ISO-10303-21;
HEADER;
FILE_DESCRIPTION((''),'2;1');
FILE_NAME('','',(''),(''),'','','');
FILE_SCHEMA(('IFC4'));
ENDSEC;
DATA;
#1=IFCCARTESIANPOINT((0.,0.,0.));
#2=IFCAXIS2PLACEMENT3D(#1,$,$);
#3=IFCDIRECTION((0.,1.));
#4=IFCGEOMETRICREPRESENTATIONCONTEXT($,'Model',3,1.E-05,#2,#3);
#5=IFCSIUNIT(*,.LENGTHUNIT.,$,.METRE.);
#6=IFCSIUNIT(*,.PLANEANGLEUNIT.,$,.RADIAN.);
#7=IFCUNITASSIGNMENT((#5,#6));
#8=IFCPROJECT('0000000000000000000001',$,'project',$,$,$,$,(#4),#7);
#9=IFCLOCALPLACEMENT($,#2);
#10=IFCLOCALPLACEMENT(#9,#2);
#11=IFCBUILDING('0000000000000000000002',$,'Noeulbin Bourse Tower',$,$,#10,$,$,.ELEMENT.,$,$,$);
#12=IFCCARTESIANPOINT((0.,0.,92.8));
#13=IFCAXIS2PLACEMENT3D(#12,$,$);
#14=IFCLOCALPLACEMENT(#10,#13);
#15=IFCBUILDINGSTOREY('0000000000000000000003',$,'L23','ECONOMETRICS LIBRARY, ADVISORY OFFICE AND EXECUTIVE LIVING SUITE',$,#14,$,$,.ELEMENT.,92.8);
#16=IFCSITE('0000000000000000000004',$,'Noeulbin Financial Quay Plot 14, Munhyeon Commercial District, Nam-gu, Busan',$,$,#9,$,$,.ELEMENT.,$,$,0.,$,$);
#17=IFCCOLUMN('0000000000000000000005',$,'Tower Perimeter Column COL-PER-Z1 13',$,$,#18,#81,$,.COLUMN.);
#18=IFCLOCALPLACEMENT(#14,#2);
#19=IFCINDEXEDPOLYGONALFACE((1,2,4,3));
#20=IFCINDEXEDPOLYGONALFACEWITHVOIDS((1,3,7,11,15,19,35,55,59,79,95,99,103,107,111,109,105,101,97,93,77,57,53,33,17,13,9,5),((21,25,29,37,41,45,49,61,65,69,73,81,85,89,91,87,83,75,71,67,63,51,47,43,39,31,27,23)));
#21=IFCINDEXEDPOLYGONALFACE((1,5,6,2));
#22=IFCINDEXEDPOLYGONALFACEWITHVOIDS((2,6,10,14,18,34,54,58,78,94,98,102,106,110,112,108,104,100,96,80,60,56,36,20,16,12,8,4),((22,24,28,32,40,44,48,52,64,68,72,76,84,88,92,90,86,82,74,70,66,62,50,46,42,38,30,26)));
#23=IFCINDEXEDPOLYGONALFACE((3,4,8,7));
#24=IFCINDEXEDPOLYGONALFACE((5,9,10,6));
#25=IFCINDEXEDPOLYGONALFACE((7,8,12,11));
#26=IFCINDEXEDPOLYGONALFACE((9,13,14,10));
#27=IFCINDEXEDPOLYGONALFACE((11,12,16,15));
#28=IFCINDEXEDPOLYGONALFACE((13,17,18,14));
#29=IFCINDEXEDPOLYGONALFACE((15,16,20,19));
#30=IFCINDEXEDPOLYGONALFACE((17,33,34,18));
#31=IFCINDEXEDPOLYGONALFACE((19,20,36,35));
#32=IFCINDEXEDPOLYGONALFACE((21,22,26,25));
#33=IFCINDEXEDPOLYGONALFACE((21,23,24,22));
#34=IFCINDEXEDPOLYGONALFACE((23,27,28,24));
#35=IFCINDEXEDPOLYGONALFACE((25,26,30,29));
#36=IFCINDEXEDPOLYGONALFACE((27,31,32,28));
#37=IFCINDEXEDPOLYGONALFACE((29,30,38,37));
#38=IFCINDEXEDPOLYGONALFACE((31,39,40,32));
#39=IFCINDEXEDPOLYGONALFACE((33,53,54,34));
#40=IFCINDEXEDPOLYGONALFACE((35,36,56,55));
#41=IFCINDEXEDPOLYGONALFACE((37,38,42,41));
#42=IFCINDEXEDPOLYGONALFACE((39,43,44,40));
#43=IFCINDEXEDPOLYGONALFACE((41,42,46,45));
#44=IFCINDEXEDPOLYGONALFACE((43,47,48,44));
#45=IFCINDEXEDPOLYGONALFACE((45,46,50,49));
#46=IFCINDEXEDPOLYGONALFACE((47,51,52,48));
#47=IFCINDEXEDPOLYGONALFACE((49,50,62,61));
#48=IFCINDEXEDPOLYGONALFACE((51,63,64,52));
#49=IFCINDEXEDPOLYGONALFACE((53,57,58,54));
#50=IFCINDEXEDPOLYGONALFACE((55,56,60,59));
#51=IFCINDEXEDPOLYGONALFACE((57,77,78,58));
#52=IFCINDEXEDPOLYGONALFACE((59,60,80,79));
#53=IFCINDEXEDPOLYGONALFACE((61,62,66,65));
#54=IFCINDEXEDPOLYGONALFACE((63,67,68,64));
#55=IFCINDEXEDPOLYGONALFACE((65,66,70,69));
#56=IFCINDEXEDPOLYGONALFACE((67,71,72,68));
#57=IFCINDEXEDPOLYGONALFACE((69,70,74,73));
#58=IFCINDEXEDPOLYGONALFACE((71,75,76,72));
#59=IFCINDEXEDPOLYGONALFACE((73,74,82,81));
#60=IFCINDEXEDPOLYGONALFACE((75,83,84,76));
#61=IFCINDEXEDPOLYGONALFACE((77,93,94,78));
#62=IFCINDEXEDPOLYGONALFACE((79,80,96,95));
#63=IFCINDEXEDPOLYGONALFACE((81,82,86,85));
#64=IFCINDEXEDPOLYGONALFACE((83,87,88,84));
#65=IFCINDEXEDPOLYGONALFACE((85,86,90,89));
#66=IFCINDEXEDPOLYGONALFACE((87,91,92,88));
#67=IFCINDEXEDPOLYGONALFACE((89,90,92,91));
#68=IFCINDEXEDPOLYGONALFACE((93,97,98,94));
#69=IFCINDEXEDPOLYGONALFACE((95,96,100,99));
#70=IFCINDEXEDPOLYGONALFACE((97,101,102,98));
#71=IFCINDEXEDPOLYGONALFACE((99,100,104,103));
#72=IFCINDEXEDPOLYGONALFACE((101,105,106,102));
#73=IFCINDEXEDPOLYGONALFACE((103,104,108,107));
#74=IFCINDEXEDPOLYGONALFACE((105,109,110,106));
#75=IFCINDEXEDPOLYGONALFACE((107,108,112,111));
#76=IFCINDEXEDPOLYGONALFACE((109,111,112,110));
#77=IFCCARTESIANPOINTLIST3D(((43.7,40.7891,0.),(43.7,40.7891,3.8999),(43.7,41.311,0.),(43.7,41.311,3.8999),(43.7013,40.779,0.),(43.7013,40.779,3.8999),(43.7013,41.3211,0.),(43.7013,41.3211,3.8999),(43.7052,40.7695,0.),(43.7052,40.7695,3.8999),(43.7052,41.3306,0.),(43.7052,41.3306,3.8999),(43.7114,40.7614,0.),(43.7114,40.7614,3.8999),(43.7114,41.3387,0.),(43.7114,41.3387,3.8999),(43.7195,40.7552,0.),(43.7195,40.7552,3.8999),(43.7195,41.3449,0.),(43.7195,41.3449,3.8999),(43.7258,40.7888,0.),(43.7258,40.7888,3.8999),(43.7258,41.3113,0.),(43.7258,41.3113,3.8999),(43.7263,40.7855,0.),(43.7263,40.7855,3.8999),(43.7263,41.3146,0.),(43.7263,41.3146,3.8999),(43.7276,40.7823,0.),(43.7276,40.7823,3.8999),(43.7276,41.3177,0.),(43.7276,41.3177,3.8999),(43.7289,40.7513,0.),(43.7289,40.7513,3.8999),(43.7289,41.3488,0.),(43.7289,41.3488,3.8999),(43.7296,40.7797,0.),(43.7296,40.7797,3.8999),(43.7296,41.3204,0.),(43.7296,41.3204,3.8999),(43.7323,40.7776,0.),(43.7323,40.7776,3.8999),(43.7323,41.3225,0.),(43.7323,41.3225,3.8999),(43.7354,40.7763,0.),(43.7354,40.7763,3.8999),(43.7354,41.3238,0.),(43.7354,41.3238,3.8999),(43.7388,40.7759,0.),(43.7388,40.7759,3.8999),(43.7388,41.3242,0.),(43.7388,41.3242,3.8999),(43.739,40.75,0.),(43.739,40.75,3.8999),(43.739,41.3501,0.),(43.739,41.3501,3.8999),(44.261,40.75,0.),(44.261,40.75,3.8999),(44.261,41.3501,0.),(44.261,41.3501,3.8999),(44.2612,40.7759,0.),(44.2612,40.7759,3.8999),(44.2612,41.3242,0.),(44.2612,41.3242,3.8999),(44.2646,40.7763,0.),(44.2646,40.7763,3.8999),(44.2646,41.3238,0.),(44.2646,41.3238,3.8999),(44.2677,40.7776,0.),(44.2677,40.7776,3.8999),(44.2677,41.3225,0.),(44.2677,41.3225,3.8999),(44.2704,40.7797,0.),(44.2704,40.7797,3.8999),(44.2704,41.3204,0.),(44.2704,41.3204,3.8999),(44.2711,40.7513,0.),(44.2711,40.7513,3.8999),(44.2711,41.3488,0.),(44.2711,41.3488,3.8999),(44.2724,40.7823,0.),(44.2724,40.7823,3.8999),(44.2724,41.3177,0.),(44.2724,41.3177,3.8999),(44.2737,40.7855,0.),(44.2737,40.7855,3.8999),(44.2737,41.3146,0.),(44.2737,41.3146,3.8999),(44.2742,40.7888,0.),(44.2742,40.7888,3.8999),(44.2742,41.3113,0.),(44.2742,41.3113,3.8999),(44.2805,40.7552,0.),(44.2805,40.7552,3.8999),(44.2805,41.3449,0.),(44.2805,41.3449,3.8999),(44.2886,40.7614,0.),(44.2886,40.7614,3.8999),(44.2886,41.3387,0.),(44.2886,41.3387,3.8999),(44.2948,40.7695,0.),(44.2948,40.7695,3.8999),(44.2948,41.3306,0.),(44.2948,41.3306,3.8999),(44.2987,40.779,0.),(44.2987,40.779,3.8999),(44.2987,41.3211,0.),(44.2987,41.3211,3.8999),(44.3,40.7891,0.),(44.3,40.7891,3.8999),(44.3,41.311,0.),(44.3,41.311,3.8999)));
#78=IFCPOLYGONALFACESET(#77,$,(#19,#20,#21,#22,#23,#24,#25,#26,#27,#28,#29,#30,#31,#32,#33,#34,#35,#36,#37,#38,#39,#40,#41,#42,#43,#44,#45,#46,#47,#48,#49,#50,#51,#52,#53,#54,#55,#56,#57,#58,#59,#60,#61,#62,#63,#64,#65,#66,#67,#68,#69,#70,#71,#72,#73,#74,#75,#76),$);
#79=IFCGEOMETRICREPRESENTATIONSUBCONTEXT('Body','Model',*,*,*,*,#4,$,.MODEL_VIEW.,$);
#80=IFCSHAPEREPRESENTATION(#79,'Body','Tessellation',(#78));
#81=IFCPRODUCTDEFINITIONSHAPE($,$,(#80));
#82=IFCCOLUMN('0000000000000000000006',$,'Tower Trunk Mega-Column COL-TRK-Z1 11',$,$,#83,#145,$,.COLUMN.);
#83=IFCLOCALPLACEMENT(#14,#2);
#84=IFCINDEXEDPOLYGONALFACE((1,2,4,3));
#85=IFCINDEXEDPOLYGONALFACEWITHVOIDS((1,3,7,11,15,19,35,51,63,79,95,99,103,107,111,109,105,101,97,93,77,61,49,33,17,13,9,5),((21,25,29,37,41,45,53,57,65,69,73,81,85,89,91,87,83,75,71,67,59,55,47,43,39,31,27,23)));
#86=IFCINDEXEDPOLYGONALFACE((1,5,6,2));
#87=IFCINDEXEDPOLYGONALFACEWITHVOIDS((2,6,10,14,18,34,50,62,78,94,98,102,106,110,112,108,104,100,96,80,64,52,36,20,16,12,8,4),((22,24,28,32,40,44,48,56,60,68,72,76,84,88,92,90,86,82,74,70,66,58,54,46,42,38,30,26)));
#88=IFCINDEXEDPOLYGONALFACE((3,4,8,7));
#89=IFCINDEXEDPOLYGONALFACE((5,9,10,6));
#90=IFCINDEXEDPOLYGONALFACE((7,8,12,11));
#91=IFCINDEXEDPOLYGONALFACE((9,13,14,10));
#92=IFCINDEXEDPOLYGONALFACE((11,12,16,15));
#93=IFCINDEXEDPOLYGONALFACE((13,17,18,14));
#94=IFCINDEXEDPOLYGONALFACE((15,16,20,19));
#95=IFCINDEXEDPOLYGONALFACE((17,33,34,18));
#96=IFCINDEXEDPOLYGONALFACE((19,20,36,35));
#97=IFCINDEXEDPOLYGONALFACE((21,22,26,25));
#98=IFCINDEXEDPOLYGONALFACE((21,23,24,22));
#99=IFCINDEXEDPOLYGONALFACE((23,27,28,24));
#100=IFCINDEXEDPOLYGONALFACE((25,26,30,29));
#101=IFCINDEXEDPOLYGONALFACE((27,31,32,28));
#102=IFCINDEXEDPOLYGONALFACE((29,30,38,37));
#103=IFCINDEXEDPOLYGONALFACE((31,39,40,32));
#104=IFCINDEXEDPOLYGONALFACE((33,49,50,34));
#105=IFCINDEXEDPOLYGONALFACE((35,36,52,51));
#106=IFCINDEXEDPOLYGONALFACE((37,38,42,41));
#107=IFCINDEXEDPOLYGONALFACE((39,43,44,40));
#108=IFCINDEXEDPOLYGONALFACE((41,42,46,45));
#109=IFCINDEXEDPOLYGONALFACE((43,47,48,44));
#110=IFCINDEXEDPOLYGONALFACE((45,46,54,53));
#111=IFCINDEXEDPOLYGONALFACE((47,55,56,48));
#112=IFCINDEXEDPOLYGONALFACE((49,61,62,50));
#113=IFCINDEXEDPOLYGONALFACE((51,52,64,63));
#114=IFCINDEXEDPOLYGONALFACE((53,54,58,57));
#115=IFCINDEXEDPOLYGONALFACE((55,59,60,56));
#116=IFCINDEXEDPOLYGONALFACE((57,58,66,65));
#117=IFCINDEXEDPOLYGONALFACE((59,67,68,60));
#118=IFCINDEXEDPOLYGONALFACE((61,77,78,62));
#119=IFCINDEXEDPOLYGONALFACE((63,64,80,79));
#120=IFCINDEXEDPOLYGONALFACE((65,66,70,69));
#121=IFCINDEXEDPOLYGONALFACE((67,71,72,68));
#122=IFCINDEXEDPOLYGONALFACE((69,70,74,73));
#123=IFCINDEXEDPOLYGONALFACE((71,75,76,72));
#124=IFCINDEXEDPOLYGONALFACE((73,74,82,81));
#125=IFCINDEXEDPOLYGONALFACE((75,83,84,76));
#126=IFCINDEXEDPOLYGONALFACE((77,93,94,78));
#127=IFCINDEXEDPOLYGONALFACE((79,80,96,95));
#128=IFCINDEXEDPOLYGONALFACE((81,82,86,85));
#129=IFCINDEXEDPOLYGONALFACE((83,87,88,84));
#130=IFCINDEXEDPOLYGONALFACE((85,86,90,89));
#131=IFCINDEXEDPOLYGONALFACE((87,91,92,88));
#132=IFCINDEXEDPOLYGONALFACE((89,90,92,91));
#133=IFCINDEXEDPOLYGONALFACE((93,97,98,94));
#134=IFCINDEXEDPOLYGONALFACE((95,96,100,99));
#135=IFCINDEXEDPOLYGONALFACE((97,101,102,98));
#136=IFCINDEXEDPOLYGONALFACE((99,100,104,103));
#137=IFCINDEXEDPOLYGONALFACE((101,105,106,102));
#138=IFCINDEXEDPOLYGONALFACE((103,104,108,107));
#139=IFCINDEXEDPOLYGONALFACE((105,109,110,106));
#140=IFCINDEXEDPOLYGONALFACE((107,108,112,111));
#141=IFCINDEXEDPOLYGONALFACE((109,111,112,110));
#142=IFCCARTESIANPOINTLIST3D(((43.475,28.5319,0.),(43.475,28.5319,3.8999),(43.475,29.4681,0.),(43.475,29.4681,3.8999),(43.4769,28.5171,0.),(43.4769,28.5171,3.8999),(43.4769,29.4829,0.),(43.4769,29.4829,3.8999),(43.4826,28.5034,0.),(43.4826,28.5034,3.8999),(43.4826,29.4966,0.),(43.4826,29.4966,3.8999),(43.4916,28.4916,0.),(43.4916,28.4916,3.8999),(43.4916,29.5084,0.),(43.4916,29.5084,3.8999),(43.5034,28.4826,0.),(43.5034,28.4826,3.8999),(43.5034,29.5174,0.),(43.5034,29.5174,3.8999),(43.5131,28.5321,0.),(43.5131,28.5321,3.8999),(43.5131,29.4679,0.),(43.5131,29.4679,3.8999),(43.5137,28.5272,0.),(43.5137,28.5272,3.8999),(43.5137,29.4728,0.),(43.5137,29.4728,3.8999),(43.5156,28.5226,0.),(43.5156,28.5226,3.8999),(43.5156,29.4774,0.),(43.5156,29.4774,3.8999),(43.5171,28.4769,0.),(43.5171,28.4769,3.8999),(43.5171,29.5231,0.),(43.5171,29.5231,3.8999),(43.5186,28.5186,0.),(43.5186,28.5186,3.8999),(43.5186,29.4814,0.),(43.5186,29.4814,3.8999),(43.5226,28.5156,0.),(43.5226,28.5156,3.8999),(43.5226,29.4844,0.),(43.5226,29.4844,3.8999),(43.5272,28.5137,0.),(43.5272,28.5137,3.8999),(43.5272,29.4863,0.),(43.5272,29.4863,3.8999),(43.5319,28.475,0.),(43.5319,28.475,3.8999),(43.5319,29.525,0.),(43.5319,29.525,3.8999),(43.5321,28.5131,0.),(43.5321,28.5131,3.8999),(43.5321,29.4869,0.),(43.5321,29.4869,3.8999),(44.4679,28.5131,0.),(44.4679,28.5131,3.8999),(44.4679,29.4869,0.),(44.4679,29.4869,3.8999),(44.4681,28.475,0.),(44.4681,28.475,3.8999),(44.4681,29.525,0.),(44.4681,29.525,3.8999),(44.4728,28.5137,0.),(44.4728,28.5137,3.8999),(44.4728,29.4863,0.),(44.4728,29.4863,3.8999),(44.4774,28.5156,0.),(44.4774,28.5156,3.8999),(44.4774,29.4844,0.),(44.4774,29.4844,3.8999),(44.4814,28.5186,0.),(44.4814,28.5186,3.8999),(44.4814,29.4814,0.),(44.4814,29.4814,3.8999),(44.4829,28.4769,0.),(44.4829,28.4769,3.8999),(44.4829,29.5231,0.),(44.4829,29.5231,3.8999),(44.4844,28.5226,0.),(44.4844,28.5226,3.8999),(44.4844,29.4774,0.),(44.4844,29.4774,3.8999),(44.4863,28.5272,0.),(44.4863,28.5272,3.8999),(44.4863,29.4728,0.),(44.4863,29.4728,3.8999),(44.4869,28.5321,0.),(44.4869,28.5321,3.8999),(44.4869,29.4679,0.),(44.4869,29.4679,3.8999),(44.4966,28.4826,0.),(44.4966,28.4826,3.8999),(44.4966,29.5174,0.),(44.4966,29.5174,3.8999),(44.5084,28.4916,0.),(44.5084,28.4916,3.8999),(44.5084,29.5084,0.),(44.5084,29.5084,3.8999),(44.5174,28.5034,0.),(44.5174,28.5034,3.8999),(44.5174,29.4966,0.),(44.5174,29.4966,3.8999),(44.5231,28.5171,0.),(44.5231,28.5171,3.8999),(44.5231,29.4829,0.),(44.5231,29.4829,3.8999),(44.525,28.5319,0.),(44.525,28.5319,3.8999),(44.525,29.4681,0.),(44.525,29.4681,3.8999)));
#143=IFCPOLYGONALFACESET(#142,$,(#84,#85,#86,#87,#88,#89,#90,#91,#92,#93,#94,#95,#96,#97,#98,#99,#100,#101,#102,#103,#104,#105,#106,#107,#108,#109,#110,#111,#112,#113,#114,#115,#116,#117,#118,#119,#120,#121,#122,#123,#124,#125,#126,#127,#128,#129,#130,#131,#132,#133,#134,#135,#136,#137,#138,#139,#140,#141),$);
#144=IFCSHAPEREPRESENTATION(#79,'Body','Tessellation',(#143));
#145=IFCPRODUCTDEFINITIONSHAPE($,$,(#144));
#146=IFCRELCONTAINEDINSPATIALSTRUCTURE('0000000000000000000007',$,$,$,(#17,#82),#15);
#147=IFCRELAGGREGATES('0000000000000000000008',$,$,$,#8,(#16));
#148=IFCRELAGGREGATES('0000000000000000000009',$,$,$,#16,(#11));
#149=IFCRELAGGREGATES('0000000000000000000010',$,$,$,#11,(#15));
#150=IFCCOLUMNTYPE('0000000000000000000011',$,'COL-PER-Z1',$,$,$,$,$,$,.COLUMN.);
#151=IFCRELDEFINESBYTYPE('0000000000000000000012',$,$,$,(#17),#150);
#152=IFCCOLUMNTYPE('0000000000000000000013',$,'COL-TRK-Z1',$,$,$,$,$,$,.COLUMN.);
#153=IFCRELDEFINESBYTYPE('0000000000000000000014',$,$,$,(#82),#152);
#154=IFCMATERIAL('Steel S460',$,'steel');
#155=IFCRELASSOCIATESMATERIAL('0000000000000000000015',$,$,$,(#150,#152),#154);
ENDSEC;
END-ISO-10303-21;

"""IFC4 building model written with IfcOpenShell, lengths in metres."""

from ifc_helpers import new_model, si_unit, direction, frame, origin, origin_2d, place, context, subcontext, project, spatial, hollow_rectangle, extrude, material, material_profile, profile_set, type_object, element, save


model = new_model("IFC4")

# Units and contexts
model_context = context("Model", 3, precision=1e-05, world=origin(), true_north=direction((0.0, 1.0)))
body_context = subcontext(model_context, "Body", "Model", "MODEL_VIEW")
ifc_project = project(units=[si_unit("LENGTHUNIT", "METRE"), si_unit("PLANEANGLEUNIT", "RADIAN")], contexts=[model_context])

# Site, building, storey
site_placement = place(None, origin())
site = spatial("IfcSite", under=ifc_project, at=site_placement, Name="Noeulbin Financial Quay Plot 14, Munhyeon Commercial District, Nam-gu, Busan", CompositionType="ELEMENT", RefElevation=0.0)
building_placement = place(site_placement, origin())
building = spatial("IfcBuilding", under=site, at=building_placement, Name="Noeulbin Bourse Tower", CompositionType="ELEMENT")
storey_placement = place(building_placement, frame((0.0, 0.0, 92.8)))
storey = spatial("IfcBuildingStorey", under=building, at=storey_placement, Name="L23", Description="ECONOMETRICS LIBRARY, ADVISORY OFFICE AND EXECUTIVE LIVING SUITE", CompositionType="ELEMENT", Elevation=92.8)

# Columns
ifc_material_1 = material(Name="Steel S460", Category="steel")
ifc_material_profile_1 = material_profile(ifc_material_1, hollow_rectangle(XDim=0.6001, YDim=0.6001, WallThickness=0.0259, InnerFilletRadius=0.0129, OuterFilletRadius=0.0391, at=origin_2d()), Name="BOX-600x600x26", Category="LoadBearing")
ifc_profile_set_1 = profile_set([ifc_material_profile_1], Name="Steel S460")
column_type_1 = type_object("IfcColumnType", Name="COL-PER-Z1", PredefinedType="COLUMN", material=ifc_profile_set_1)
column_placement = place(storey_placement, frame((44.0, 41.05, 0.0), z_axis=(0.0, 0.0, 1.0), x_axis=(1.0, 0.0, 0.0)))
element("IfcColumn", 1, at=column_placement, inside=storey, type_object=column_type_1, Name="Tower Perimeter Column COL-PER-Z1 13", PredefinedType="COLUMN", context=body_context, shape_type="SweptSolid", body=[
    extrude(hollow_rectangle(XDim=0.6001, YDim=0.6001, WallThickness=0.0259, InnerFilletRadius=0.0129, OuterFilletRadius=0.0391, at=origin_2d()), origin(), (0.0, 0.0, 1.0), 3.8999),
])
ifc_material_profile_2 = material_profile(ifc_material_1, hollow_rectangle(XDim=1.05, YDim=1.05, WallThickness=0.0381, InnerFilletRadius=0.019, OuterFilletRadius=0.0569, at=origin_2d()), Name="BOX-1050x1050x38", Category="LoadBearing")
ifc_profile_set_2 = profile_set([ifc_material_profile_2], Name="Steel S460")
column_type_2 = type_object("IfcColumnType", Name="COL-TRK-Z1", PredefinedType="COLUMN", material=ifc_profile_set_2)
for number, where, z_axis, x_axis, name in (
    (2, (44.0, 29.0, 0.0), (0.0, 0.0, 1.0), (1.0, 0.0, 0.0), "Tower Trunk Mega-Column COL-TRK-Z1 11"),
):
    element("IfcColumn", number, at=place(storey_placement, frame(where, z_axis=z_axis, x_axis=x_axis)), inside=storey, type_object=column_type_2, Name=name, PredefinedType="COLUMN", context=body_context, shape_type="SweptSolid", body=[
        extrude(hollow_rectangle(XDim=1.05, YDim=1.05, WallThickness=0.0381, InnerFilletRadius=0.019, OuterFilletRadius=0.0569, at=origin_2d()), origin(), (0.0, 0.0, 1.0), 3.8999),
    ])

save(model, "model.ifc")
